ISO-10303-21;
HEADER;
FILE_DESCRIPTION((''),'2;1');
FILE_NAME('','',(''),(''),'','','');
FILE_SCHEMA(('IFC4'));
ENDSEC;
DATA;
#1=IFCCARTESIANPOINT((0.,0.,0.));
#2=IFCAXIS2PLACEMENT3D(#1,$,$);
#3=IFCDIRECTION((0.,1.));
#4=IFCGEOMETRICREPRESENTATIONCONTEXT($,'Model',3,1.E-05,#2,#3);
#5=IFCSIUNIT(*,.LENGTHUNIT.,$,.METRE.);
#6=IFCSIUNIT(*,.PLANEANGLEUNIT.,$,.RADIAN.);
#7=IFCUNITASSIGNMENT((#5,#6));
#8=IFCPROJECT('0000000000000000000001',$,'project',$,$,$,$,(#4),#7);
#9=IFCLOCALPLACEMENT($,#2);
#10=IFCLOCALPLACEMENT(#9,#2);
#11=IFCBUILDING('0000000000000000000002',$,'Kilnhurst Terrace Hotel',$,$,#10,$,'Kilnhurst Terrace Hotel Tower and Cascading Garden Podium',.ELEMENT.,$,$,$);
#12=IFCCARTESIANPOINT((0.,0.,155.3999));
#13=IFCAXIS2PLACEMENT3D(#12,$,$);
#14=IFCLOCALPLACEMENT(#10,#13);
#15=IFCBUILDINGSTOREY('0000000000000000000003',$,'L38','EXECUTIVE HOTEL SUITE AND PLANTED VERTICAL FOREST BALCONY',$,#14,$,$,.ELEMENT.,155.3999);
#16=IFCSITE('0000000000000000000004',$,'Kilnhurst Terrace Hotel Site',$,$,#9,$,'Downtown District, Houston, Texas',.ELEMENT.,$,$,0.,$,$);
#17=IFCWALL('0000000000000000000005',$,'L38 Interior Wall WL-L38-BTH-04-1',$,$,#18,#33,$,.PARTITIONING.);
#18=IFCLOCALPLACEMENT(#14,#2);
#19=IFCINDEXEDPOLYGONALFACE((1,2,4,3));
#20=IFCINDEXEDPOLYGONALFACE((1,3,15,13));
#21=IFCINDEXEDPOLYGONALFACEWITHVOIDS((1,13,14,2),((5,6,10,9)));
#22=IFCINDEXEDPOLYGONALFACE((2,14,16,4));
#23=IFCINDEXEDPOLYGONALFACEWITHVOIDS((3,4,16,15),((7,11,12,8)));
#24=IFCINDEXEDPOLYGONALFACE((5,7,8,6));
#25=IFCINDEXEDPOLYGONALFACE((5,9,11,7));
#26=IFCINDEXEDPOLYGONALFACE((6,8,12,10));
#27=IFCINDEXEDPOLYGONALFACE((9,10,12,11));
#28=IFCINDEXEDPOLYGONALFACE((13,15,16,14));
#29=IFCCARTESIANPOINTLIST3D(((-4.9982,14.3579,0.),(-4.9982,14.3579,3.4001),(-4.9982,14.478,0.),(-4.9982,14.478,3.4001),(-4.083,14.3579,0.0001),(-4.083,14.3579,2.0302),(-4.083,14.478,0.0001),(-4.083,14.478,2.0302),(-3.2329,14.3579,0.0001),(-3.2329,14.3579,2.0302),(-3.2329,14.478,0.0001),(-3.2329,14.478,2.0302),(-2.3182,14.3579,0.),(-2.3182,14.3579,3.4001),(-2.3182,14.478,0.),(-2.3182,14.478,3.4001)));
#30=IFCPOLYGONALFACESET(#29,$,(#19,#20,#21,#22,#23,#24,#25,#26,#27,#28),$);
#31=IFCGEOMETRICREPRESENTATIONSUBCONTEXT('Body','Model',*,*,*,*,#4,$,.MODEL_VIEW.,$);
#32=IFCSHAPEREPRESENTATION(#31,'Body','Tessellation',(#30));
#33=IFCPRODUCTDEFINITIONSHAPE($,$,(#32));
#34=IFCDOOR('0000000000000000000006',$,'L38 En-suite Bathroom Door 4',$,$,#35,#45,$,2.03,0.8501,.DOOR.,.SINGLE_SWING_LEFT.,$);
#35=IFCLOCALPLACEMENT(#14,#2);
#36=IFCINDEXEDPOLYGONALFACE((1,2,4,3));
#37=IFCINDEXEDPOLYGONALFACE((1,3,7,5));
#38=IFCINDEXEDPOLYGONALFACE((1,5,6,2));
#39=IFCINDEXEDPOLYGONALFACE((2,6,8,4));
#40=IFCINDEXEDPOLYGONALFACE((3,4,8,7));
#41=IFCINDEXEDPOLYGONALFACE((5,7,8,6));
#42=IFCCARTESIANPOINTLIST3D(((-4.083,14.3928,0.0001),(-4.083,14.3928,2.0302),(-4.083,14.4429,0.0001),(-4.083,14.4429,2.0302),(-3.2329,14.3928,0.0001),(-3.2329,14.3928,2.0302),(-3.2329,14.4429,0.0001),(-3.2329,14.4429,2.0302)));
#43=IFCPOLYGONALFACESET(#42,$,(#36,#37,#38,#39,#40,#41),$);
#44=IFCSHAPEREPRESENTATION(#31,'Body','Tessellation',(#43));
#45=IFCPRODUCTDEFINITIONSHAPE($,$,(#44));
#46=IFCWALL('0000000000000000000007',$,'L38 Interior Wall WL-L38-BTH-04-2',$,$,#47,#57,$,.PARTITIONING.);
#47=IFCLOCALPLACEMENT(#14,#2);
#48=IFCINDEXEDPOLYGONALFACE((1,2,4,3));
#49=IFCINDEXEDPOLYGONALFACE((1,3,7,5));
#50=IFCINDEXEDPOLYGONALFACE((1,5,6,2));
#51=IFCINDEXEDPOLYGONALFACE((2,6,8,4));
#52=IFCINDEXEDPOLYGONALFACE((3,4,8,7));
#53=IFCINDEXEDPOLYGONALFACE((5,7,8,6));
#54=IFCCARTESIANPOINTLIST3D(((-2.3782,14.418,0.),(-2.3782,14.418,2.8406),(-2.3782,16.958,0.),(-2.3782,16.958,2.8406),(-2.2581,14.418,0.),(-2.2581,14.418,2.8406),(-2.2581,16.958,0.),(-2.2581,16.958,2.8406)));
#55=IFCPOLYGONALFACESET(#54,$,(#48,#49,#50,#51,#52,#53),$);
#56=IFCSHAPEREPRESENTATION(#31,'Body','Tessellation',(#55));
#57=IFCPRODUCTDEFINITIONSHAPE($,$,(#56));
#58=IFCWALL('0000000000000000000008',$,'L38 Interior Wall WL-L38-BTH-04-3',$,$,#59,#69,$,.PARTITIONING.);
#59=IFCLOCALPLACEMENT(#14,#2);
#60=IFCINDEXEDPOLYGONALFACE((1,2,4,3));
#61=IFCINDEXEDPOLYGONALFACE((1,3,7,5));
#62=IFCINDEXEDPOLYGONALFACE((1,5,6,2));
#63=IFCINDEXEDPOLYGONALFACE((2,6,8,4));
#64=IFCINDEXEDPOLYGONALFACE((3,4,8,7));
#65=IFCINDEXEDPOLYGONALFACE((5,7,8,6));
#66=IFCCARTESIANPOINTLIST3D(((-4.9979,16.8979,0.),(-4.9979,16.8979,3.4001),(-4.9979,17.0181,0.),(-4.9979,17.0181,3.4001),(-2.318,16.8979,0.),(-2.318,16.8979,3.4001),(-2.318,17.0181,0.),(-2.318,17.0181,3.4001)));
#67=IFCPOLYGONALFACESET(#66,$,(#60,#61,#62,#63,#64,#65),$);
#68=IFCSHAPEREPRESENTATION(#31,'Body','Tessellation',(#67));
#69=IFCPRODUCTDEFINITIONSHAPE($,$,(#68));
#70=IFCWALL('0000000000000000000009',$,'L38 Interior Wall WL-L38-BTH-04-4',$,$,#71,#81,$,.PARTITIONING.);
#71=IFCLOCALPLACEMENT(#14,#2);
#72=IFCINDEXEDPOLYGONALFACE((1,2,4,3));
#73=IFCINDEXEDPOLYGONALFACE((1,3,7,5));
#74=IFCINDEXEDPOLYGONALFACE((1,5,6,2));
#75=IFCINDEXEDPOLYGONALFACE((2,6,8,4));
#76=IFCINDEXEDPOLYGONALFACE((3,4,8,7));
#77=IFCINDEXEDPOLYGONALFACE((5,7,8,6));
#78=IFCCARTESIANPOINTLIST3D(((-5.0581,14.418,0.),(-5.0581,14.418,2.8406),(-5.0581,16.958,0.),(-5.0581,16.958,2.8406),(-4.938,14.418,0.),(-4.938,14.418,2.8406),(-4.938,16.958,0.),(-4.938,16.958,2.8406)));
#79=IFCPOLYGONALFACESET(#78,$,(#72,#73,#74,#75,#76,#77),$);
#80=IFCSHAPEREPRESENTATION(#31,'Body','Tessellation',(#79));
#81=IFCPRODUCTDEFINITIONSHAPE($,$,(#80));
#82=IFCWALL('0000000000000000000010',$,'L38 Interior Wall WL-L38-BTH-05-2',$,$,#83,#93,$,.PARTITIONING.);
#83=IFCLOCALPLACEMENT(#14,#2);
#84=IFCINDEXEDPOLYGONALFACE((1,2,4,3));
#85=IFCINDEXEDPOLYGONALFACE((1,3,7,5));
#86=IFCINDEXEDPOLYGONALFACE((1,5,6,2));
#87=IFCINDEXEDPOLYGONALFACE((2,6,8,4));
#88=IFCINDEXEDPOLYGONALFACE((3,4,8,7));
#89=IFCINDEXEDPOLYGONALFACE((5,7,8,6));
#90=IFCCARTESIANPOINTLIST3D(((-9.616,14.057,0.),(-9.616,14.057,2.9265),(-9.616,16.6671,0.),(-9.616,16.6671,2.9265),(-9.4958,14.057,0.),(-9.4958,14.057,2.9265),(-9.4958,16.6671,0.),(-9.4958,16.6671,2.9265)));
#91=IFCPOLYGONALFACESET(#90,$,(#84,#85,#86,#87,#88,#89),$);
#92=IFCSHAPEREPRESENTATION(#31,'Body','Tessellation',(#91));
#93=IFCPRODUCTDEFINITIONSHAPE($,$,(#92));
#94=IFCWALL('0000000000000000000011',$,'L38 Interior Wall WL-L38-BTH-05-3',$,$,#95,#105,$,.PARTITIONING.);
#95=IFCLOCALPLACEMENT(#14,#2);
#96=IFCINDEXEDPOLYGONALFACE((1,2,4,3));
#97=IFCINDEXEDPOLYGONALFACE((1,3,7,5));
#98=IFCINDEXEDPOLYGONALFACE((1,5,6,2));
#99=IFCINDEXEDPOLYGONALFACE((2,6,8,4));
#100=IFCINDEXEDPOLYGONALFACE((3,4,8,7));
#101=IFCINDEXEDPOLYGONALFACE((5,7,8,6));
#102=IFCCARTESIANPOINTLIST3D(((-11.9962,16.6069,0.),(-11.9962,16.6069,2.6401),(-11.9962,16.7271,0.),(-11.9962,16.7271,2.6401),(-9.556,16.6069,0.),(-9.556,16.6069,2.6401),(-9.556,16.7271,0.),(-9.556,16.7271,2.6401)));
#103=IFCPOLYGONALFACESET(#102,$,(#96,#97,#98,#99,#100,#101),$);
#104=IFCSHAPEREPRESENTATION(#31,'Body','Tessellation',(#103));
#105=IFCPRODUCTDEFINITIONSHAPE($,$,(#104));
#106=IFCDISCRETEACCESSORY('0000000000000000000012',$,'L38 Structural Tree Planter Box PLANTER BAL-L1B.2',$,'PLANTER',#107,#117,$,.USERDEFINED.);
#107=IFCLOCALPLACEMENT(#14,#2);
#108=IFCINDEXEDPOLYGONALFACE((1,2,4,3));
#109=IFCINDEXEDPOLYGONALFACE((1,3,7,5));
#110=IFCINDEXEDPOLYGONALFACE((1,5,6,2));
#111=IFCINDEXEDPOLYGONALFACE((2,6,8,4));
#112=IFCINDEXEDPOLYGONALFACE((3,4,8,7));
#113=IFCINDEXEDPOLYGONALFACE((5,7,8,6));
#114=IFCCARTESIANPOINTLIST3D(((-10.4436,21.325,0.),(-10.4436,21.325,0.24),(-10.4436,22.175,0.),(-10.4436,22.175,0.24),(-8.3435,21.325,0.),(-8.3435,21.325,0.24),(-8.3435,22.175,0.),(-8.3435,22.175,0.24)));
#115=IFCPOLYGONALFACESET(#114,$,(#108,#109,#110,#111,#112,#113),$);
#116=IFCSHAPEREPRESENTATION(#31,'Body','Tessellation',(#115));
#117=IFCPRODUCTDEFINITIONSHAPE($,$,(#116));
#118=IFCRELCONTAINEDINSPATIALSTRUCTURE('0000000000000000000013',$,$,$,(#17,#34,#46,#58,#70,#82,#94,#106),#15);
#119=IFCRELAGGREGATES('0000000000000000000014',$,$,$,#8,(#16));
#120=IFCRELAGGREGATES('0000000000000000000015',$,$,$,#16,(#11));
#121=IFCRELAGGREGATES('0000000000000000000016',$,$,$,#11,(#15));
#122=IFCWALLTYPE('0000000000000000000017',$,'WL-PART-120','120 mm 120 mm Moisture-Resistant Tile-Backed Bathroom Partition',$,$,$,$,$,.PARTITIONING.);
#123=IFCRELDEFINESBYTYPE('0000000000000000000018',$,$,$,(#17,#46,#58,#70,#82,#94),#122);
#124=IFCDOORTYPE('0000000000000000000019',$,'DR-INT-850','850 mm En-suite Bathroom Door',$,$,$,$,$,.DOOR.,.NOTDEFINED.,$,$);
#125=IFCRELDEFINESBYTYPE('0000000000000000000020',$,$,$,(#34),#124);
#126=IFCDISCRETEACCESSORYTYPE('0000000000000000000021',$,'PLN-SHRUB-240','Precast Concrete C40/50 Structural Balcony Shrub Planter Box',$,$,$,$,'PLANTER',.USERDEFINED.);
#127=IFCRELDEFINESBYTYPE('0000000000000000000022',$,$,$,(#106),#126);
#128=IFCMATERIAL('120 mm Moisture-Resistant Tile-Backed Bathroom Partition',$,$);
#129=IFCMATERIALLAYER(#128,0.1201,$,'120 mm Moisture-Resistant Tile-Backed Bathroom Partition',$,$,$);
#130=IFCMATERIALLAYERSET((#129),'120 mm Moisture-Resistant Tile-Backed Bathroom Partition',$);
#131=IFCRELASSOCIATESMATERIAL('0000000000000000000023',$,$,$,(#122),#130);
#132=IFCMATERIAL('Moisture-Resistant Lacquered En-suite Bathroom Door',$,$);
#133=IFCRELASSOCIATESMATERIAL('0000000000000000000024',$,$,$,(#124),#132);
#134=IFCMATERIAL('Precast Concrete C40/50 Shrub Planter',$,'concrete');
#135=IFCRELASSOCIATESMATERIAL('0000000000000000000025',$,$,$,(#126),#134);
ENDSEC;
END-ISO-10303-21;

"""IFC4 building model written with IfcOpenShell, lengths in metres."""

from ifc_helpers import new_model, si_unit, direction, frame, frame_2d, origin, origin_2d, place, context, subcontext, project, spatial, rectangle, extrude, material, layer, layer_set, type_object, element, fill, save


model = new_model("IFC4")

# Units and contexts
model_context = context("Model", 3, precision=1e-05, world=origin(), true_north=direction((0.0, 1.0)))
body_context = subcontext(model_context, "Body", "Model", "MODEL_VIEW")
ifc_project = project(units=[si_unit("LENGTHUNIT", "METRE"), si_unit("PLANEANGLEUNIT", "RADIAN")], contexts=[model_context])

# Site, building, storey
site_placement = place(None, origin())
site = spatial("IfcSite", under=ifc_project, at=site_placement, Name="Kilnhurst Terrace Hotel Site", LongName="Downtown District, Houston, Texas", CompositionType="ELEMENT", RefElevation=0.0)
building_placement = place(site_placement, origin())
building = spatial("IfcBuilding", under=site, at=building_placement, Name="Kilnhurst Terrace Hotel", LongName="Kilnhurst Terrace Hotel Tower and Cascading Garden Podium", CompositionType="ELEMENT")
storey_placement = place(building_placement, frame((0.0, 0.0, 155.3999)))
storey = spatial("IfcBuildingStorey", under=building, at=storey_placement, Name="L38", Description="EXECUTIVE HOTEL SUITE AND PLANTED VERTICAL FOREST BALCONY", CompositionType="ELEMENT", Elevation=155.3999)

# Wall, opening, door
ifc_material_1 = material(Name="120 mm Moisture-Resistant Tile-Backed Bathroom Partition")
ifc_layer_1 = layer(ifc_material_1, 0.1201, Name="120 mm Moisture-Resistant Tile-Backed Bathroom Partition")
ifc_layer_set_1 = layer_set([ifc_layer_1], Name="120 mm Moisture-Resistant Tile-Backed Bathroom Partition")
wall_type_1 = type_object("IfcWallType", Name="WL-PART-120", Description="120 mm 120 mm Moisture-Resistant Tile-Backed Bathroom Partition", PredefinedType="PARTITIONING", material=ifc_layer_set_1)
wall_1_placement = place(storey_placement, frame((-4.998, 14.418, 0.0), z_axis=(0.0, 0.0, 1.0), x_axis=(1.0, 0.0, 0.0)))
wall_1 = element("IfcWall", 1, at=wall_1_placement, inside=storey, type_object=wall_type_1, Name="L38 Interior Wall WL-L38-BTH-04-1", PredefinedType="PARTITIONING", context=body_context, shape_type="SweptSolid", body=[
    extrude(rectangle(XDim=2.6799, YDim=0.1201, at=frame_2d((1.3398, 0.0))), origin(), (0.0, 0.0, 1.0), 3.4001),
])
opening_placement = place(wall_1_placement, frame((0.915, 0.0, 0.0)))
opening = element("IfcOpeningElement", 2, at=opening_placement, cuts=wall_1, PredefinedType="OPENING", context=body_context, shape_type="SweptSolid", body=[
    extrude(rectangle(XDim=0.8501, YDim=2.03, at=frame_2d((0.425, 1.0151))), frame((0.0, 0.0701, 0.0), z_axis=(0.0, -1.0, 0.0), x_axis=(1.0, 0.0, 0.0)), (0.0, 0.0, 1.0), 0.1401),
])
ifc_material_2 = material(Name="Moisture-Resistant Lacquered En-suite Bathroom Door")
door_type = type_object("IfcDoorType", Name="DR-INT-850", Description="850 mm En-suite Bathroom Door", OperationType="NOTDEFINED", PredefinedType="DOOR", material=ifc_material_2)
door_placement = place(opening_placement, origin())
door = element("IfcDoor", 3, at=door_placement, inside=storey, type_object=door_type, Name="L38 En-suite Bathroom Door 4", OperationType="SINGLE_SWING_LEFT", OverallHeight=2.03, OverallWidth=0.8501, PredefinedType="DOOR", context=body_context, shape_type="SweptSolid", body=[
    extrude(rectangle(XDim=0.8501, YDim=2.03, at=frame_2d((0.425, 1.0151))), frame((0.0, 0.0249, 0.0), z_axis=(0.0, -1.0, 0.0), x_axis=(1.0, 0.0, 0.0)), (0.0, 0.0, 1.0), 0.05),
])
fill(opening, door)

# Walls
wall_2_placement = place(storey_placement, frame((-2.3181, 14.418, 0.0), z_axis=(0.0, 0.0, 1.0), x_axis=(0.0, 1.0, 0.0)))
element("IfcWall", 4, at=wall_2_placement, inside=storey, type_object=wall_type_1, Name="L38 Interior Wall WL-L38-BTH-04-2", PredefinedType="PARTITIONING", context=body_context, shape_type="SweptSolid", body=[
    extrude(rectangle(XDim=2.54, YDim=0.1201, at=frame_2d((1.27, 0.0))), origin(), (0.0, 0.0, 1.0), 2.8406),
])
wall_3_placement = place(storey_placement, frame((-2.3181, 16.958, 0.0), z_axis=(0.0, 0.0, 1.0), x_axis=(-1.0, 0.0, 0.0)))
element("IfcWall", 5, at=wall_3_placement, inside=storey, type_object=wall_type_1, Name="L38 Interior Wall WL-L38-BTH-04-3", PredefinedType="PARTITIONING", context=body_context, shape_type="SweptSolid", body=[
    extrude(rectangle(XDim=2.6799, YDim=0.1201, at=frame_2d((1.3398, 0.0))), origin(), (0.0, 0.0, 1.0), 3.4001),
])
wall_4_placement = place(storey_placement, frame((-4.998, 16.958, 0.0), z_axis=(0.0, 0.0, 1.0), x_axis=(0.0, -1.0, 0.0)))
element("IfcWall", 6, at=wall_4_placement, inside=storey, type_object=wall_type_1, Name="L38 Interior Wall WL-L38-BTH-04-4", PredefinedType="PARTITIONING", context=body_context, shape_type="SweptSolid", body=[
    extrude(rectangle(XDim=2.54, YDim=0.1201, at=frame_2d((1.27, 0.0))), origin(), (0.0, 0.0, 1.0), 2.8406),
])
wall_5_placement = place(storey_placement, frame((-9.5559, 14.0569, 0.0), z_axis=(0.0, 0.0, 1.0), x_axis=(0.0, 1.0, 0.0)))
element("IfcWall", 7, at=wall_5_placement, inside=storey, type_object=wall_type_1, Name="L38 Interior Wall WL-L38-BTH-05-2", PredefinedType="PARTITIONING", context=body_context, shape_type="SweptSolid", body=[
    extrude(rectangle(XDim=2.6101, YDim=0.1201, at=frame_2d((1.3052, 0.0))), origin(), (0.0, 0.0, 1.0), 2.9265),
])
wall_6_placement = place(storey_placement, frame((-9.5559, 16.667, 0.0), z_axis=(0.0, 0.0, 1.0), x_axis=(-1.0, 0.0, 0.0)))
element("IfcWall", 8, at=wall_6_placement, inside=storey, type_object=wall_type_1, Name="L38 Interior Wall WL-L38-BTH-05-3", PredefinedType="PARTITIONING", context=body_context, shape_type="SweptSolid", body=[
    extrude(rectangle(XDim=2.4402, YDim=0.1201, at=frame_2d((1.2202, 0.0))), origin(), (0.0, 0.0, 1.0), 2.6401),
])

# Discrete accessory
ifc_material_3 = material(Name="Precast Concrete C40/50 Shrub Planter", Category="concrete")
discrete_accessory_type = type_object("IfcDiscreteAccessoryType", Name="PLN-SHRUB-240", Description="Precast Concrete C40/50 Structural Balcony Shrub Planter Box", ElementType="PLANTER", PredefinedType="USERDEFINED", material=ifc_material_3)
discrete_accessory_placement = place(storey_placement, frame((-9.3936, 21.75, 0.0), z_axis=(0.0, 0.0, 1.0), x_axis=(-1.0, 0.0, 0.0)))
element("IfcDiscreteAccessory", 9, at=discrete_accessory_placement, inside=storey, type_object=discrete_accessory_type, Name="L38 Structural Tree Planter Box PLANTER BAL-L1B.2", ObjectType="PLANTER", PredefinedType="USERDEFINED", context=body_context, shape_type="SweptSolid", body=[
    extrude(rectangle(XDim=2.1001, YDim=0.8501, at=origin_2d()), origin(), (0.0, 0.0, 1.0), 0.24),
])

save(model, "model.ifc")
